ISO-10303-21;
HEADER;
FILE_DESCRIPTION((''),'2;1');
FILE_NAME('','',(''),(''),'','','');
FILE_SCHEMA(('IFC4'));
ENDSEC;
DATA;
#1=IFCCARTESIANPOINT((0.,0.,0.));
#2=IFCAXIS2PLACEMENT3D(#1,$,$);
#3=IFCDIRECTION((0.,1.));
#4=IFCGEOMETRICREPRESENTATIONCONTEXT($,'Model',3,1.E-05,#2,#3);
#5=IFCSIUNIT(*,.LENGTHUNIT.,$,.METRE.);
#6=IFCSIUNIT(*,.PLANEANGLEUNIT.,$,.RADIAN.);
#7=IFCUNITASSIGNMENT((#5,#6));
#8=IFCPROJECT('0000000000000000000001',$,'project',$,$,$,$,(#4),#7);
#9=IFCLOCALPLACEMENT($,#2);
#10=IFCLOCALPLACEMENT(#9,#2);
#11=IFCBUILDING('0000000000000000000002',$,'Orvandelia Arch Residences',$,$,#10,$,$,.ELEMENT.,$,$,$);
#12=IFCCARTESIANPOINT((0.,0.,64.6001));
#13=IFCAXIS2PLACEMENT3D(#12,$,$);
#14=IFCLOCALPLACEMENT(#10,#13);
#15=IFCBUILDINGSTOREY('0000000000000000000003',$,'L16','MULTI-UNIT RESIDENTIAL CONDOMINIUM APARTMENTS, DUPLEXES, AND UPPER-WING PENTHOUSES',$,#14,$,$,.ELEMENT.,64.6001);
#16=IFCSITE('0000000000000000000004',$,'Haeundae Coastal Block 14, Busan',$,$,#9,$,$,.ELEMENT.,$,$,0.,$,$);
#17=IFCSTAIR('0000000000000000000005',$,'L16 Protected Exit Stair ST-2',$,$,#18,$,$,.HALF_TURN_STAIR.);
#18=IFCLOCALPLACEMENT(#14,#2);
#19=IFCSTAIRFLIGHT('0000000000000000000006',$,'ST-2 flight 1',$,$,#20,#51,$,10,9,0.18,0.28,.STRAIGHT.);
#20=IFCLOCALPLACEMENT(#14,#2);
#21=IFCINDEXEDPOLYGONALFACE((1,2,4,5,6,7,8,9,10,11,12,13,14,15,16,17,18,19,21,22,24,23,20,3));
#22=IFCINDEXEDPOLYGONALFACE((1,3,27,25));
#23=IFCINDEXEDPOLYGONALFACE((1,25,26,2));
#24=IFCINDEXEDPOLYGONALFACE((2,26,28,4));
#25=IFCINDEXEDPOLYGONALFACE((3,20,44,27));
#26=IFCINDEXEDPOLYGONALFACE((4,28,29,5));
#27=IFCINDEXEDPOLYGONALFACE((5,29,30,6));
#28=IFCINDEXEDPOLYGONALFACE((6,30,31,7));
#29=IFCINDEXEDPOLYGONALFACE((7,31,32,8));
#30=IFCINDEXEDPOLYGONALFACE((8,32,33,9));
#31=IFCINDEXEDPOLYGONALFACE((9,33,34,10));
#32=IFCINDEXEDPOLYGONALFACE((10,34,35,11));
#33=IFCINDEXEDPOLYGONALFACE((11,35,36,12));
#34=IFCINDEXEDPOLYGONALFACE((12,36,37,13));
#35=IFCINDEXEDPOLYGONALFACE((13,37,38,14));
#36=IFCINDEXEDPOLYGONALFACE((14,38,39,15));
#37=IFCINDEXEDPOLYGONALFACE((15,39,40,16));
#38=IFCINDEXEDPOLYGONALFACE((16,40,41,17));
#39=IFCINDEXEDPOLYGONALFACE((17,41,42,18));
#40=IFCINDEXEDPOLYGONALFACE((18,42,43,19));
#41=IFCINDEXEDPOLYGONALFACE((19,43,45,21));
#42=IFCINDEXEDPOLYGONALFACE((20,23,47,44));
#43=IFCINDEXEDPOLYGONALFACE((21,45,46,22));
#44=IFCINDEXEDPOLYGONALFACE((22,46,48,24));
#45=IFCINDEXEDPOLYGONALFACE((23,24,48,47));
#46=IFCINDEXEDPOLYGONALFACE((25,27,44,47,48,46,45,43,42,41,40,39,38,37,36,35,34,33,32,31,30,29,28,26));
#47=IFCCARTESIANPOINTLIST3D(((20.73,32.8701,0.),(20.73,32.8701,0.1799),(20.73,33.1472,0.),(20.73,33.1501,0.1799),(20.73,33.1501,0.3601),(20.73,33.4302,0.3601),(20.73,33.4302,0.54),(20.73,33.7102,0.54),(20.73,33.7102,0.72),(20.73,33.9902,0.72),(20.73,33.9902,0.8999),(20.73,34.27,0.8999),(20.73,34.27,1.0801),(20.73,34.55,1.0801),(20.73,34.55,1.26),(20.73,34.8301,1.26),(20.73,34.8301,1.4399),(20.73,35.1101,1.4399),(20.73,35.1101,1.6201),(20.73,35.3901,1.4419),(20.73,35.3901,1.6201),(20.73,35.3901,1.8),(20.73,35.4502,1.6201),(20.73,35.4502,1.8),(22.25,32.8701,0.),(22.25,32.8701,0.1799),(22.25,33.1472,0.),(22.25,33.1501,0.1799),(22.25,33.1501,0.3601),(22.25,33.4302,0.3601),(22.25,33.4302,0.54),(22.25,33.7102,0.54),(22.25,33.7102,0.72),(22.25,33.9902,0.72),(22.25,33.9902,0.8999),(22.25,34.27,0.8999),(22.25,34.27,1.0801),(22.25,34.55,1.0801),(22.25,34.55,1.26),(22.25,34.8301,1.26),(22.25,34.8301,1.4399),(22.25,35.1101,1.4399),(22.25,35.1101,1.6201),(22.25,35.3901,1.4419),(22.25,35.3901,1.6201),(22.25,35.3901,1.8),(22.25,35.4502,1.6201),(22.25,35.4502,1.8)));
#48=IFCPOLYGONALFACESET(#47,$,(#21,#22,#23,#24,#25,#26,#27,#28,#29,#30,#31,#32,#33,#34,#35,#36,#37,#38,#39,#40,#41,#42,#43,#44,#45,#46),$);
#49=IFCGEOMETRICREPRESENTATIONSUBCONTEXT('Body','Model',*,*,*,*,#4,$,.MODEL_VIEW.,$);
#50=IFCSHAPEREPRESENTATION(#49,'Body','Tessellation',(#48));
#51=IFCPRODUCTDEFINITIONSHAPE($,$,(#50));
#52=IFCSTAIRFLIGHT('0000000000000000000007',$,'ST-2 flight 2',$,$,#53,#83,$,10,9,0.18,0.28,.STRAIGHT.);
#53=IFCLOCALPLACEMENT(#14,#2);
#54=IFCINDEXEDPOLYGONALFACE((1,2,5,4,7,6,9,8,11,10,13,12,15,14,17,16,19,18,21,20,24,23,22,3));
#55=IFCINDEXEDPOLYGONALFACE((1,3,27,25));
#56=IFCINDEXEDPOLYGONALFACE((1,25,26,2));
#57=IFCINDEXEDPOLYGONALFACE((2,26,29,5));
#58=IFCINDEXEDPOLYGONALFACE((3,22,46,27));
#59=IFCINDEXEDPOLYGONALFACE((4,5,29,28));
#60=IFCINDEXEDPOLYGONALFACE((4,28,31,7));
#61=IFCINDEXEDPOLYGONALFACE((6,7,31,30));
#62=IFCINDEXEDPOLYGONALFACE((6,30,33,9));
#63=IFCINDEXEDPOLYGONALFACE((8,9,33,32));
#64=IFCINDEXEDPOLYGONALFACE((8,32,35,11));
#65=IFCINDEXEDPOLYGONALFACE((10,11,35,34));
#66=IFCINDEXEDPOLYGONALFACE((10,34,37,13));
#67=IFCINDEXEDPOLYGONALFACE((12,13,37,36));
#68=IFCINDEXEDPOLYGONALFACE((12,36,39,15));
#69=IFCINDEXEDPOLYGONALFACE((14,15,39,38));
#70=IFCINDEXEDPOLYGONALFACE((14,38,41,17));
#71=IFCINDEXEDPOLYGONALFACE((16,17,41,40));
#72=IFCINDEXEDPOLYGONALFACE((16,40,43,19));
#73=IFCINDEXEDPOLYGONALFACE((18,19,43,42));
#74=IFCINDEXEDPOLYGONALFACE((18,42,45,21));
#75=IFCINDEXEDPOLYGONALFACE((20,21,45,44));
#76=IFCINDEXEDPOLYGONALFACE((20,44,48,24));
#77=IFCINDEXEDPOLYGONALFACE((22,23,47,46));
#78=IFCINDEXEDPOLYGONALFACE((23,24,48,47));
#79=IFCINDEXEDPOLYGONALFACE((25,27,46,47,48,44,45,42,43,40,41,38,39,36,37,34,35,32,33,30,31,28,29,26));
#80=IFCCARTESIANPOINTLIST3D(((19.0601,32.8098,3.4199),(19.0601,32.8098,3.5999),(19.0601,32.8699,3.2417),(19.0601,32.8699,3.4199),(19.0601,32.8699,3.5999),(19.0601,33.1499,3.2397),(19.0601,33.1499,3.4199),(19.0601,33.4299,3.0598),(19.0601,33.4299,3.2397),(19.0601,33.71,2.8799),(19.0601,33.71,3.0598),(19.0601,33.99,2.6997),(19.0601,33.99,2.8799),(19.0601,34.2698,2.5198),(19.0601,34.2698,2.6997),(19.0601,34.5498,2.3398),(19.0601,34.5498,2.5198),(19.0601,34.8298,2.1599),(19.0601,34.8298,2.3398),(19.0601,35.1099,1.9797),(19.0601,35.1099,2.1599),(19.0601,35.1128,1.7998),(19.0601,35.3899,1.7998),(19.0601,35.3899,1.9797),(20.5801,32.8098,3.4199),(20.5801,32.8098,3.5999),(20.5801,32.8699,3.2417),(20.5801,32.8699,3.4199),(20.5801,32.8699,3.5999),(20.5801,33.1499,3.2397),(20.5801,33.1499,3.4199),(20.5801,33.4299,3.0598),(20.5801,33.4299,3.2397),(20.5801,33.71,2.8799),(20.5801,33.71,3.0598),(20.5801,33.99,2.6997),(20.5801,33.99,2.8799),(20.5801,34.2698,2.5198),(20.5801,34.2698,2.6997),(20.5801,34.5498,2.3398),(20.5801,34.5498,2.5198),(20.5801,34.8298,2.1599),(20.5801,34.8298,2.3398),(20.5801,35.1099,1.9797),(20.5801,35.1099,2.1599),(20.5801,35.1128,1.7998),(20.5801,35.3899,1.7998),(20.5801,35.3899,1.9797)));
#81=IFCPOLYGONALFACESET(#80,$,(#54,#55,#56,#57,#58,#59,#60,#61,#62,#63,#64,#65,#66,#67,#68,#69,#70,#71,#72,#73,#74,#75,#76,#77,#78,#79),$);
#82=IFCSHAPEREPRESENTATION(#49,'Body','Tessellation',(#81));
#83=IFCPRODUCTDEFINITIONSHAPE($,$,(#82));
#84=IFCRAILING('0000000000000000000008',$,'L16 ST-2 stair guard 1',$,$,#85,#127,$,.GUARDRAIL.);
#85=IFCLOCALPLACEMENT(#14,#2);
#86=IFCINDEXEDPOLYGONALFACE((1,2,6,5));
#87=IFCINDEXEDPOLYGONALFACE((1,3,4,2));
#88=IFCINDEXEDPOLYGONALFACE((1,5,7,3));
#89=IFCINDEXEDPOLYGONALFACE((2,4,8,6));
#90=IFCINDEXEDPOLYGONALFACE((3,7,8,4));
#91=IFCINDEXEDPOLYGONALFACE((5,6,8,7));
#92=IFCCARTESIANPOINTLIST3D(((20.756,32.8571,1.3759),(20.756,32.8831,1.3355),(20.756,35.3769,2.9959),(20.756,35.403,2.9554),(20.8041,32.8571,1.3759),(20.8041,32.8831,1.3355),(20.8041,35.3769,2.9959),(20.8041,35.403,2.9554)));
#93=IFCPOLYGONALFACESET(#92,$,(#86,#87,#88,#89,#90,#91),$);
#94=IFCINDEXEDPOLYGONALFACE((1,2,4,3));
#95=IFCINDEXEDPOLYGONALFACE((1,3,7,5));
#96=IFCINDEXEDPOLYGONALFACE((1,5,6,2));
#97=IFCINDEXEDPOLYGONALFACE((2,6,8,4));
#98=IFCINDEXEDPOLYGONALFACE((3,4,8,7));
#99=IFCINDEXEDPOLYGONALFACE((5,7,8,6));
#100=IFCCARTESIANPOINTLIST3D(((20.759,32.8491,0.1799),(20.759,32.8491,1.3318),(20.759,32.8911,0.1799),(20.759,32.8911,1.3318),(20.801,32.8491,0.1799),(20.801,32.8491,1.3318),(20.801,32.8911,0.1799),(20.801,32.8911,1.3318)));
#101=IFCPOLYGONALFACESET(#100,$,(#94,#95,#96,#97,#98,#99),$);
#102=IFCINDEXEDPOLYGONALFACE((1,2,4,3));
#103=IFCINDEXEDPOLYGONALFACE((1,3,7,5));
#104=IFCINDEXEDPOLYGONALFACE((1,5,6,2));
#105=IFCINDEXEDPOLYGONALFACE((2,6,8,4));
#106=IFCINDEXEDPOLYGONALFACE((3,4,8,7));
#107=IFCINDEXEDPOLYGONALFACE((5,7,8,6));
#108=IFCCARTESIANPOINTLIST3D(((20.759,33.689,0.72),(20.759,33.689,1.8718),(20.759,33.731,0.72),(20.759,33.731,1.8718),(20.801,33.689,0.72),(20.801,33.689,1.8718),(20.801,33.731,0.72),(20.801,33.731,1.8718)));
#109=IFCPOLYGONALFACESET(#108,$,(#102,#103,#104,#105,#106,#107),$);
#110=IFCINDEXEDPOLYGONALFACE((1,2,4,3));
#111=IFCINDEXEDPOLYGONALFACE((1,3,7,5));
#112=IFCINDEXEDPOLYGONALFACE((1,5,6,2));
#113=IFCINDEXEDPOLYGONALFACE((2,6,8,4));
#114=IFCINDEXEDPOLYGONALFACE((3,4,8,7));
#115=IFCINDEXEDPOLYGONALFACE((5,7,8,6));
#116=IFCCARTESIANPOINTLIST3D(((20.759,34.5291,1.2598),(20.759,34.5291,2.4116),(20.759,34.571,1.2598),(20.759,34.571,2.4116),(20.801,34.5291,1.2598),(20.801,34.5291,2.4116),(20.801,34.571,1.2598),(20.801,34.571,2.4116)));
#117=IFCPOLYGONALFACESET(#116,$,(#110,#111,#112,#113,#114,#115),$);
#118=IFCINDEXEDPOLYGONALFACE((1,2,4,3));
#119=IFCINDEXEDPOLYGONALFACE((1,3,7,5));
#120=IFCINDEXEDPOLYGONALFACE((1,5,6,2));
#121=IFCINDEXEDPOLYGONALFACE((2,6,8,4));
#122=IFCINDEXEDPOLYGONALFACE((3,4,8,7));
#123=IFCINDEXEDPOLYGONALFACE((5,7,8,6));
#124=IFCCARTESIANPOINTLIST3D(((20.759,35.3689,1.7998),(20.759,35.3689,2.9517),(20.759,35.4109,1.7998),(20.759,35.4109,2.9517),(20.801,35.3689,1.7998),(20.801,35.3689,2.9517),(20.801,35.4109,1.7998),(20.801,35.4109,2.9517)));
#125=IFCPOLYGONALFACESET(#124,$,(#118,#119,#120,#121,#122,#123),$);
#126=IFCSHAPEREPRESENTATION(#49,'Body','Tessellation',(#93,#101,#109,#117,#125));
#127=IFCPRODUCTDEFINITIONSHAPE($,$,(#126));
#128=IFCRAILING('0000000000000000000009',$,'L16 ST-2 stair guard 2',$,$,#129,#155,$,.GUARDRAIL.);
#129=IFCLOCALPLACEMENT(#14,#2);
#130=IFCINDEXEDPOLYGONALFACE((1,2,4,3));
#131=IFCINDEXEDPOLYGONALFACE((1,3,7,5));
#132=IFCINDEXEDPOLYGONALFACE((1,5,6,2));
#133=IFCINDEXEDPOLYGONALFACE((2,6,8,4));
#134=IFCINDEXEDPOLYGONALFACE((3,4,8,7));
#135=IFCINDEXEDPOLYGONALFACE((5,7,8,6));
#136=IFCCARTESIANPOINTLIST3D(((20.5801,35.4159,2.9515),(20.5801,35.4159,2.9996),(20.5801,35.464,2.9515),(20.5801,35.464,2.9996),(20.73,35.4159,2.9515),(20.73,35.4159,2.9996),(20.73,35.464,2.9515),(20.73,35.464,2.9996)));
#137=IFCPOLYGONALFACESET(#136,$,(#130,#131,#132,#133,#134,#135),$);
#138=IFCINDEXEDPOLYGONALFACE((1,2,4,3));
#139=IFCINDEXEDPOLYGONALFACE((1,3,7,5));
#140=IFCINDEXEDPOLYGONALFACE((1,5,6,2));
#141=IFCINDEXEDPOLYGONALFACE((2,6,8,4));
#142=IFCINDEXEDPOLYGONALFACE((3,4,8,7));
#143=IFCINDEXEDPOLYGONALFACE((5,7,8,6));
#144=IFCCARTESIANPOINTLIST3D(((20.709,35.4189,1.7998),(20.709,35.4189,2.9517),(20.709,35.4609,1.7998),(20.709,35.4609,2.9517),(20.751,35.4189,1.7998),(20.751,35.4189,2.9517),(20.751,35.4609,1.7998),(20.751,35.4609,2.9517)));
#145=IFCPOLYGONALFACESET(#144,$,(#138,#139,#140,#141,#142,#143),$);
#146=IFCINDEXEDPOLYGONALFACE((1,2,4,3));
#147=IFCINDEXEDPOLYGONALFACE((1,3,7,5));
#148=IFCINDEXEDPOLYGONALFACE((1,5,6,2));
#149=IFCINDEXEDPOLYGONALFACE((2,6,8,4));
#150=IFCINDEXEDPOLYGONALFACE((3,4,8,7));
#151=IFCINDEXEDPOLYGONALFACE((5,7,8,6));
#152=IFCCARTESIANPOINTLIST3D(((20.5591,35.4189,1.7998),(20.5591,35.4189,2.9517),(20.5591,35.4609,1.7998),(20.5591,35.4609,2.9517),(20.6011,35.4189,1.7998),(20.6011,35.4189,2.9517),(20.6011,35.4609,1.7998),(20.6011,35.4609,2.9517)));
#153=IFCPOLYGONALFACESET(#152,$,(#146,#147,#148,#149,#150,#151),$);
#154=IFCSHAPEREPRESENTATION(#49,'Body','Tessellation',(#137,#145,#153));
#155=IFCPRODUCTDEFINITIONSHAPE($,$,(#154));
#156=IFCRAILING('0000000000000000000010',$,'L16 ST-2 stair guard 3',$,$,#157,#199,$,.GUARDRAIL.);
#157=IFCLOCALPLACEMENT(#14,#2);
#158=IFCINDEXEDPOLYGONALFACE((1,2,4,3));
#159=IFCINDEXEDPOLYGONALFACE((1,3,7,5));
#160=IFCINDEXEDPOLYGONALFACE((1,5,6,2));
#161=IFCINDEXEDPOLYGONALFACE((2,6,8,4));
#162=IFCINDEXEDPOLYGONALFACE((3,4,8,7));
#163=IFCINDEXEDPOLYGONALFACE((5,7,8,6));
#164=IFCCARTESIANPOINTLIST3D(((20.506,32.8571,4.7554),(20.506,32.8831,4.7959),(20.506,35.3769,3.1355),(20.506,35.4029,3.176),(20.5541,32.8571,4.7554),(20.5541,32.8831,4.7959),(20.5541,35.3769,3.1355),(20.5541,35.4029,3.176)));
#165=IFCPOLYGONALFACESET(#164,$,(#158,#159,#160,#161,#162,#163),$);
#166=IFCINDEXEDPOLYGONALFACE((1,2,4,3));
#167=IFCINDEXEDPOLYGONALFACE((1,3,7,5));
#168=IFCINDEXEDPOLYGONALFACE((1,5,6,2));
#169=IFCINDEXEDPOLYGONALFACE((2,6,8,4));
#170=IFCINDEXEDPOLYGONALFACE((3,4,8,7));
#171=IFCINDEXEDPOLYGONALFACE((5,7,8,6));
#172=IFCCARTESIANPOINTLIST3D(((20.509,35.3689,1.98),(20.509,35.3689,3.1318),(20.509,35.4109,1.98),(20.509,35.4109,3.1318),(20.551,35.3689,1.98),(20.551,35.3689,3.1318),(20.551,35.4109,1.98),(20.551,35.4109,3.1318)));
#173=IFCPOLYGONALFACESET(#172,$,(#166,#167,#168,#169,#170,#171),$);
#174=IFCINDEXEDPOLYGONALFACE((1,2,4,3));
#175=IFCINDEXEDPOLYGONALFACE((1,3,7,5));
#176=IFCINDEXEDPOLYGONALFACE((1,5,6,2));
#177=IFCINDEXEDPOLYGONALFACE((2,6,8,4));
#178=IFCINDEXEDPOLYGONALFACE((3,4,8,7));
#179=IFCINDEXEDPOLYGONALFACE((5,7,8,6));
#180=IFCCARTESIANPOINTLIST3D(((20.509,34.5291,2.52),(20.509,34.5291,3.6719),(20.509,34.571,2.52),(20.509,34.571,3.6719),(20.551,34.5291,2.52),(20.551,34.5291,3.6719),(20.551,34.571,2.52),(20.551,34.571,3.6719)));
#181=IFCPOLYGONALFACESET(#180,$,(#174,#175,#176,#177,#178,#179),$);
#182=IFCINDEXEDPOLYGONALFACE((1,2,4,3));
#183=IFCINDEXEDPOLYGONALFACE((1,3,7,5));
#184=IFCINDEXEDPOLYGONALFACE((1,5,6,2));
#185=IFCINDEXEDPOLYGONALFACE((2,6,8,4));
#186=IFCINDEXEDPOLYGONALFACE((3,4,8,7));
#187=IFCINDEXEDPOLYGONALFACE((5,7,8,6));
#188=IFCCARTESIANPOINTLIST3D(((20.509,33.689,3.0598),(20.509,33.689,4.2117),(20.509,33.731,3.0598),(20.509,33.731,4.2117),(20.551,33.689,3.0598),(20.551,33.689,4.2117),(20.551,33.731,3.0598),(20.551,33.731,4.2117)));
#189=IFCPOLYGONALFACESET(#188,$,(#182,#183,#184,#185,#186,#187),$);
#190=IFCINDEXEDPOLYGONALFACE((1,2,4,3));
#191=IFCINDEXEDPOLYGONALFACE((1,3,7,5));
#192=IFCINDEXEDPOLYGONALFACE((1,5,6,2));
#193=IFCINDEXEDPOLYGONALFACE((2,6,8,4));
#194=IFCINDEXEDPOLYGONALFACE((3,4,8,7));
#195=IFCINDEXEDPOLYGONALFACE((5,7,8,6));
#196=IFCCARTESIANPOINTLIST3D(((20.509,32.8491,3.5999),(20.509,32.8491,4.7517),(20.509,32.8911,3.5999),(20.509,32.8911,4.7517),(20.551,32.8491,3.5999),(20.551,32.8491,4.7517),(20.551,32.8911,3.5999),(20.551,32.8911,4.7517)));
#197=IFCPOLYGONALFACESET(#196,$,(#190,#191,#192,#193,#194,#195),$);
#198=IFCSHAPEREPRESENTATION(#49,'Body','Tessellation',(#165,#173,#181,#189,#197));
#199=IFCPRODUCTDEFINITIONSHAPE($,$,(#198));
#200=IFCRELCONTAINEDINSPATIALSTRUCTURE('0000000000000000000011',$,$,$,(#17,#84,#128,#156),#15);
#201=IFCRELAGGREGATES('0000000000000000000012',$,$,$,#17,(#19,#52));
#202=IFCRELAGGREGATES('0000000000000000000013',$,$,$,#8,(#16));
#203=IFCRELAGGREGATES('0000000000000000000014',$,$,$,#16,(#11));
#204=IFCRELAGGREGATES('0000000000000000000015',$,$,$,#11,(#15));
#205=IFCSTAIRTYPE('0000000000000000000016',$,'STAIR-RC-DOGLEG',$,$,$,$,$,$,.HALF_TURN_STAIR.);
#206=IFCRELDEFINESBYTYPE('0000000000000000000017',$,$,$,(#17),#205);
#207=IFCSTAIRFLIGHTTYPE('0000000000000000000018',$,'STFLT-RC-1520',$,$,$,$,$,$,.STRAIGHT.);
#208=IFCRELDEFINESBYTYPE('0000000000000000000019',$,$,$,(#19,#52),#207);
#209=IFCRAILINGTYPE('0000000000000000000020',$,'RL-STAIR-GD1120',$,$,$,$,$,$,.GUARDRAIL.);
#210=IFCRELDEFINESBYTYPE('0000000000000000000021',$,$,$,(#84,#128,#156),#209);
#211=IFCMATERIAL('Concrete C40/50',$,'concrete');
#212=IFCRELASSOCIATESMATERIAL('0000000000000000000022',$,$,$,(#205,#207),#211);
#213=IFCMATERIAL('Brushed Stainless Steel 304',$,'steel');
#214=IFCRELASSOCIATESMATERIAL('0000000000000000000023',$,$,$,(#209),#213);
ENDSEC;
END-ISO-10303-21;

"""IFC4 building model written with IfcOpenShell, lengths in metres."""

from ifc_helpers import new_model, si_unit, direction, frame, origin, origin_2d, place, context, subcontext, project, spatial, polyline, rectangle, outline, extrude, material, type_object, element, aggregate, save


model = new_model("IFC4")

# Units and contexts
model_context = context("Model", 3, precision=1e-05, world=origin(), true_north=direction((0.0, 1.0)))
body_context = subcontext(model_context, "Body", "Model", "MODEL_VIEW")
ifc_project = project(units=[si_unit("LENGTHUNIT", "METRE"), si_unit("PLANEANGLEUNIT", "RADIAN")], contexts=[model_context])

# Site, building, storey
site_placement = place(None, origin())
site = spatial("IfcSite", under=ifc_project, at=site_placement, Name="Haeundae Coastal Block 14, Busan", CompositionType="ELEMENT", RefElevation=0.0)
building_placement = place(site_placement, origin())
building = spatial("IfcBuilding", under=site, at=building_placement, Name="Orvandelia Arch Residences", CompositionType="ELEMENT")
storey_placement = place(building_placement, frame((0.0, 0.0, 64.6001)))
storey = spatial("IfcBuildingStorey", under=building, at=storey_placement, Name="L16", Description="MULTI-UNIT RESIDENTIAL CONDOMINIUM APARTMENTS, DUPLEXES, AND UPPER-WING PENTHOUSES", CompositionType="ELEMENT", Elevation=64.6001)

# Stair, stair flights
ifc_material_1 = material(Name="Concrete C40/50", Category="concrete")
stair_type = type_object("IfcStairType", Name="STAIR-RC-DOGLEG", PredefinedType="HALF_TURN_STAIR", material=ifc_material_1)
stair_placement = place(storey_placement, origin())
stair = element("IfcStair", 1, at=stair_placement, inside=storey, type_object=stair_type, Name="L16 Protected Exit Stair ST-2", PredefinedType="HALF_TURN_STAIR")
stair_flight_type = type_object("IfcStairFlightType", Name="STFLT-RC-1520", PredefinedType="STRAIGHT", material=ifc_material_1)
stair_flight_1_placement = place(storey_placement, frame((21.49, 32.8701, 0.0), z_axis=(0.0, 0.0, 1.0), x_axis=(0.0, 1.0, 0.0)))
stair_flight_1 = element("IfcStairFlight", 2, at=stair_flight_1_placement, type_object=stair_flight_type, Name="ST-2 flight 1", NumberOfRisers=10, NumberOfTreads=9, PredefinedType="STRAIGHT", RiserHeight=0.18, TreadLength=0.28, context=body_context, shape_type="SweptSolid", body=[
    extrude(outline(polyline([(0.0, 0.0), (0.0, 0.1799), (0.28, 0.1799), (0.28, 0.3601), (0.5601, 0.3601), (0.5601, 0.54), (0.8401, 0.54), (0.8401, 0.72), (1.1201, 0.72), (1.1201, 0.8999), (1.3999, 0.8999), (1.3999, 1.0801), (1.6799, 1.0801), (1.6799, 1.26), (1.96, 1.26), (1.96, 1.4399), (2.24, 1.4399), (2.24, 1.6201), (2.52, 1.6201), (2.52, 1.8), (2.5801, 1.8), (2.5801, 1.6201), (2.52, 1.4419), (0.2771, 0.0), (0.0, 0.0)])), frame((0.0, 0.76, 0.0), z_axis=(0.0, -1.0, 0.0), x_axis=(1.0, 0.0, 0.0)), (0.0, 0.0, 1.0), 1.52),
])
stair_flight_2_placement = place(storey_placement, frame((19.8201, 35.3899, 1.7998), z_axis=(0.0, 0.0, 1.0), x_axis=(0.0, -1.0, 0.0)))
stair_flight_2 = element("IfcStairFlight", 3, at=stair_flight_2_placement, type_object=stair_flight_type, Name="ST-2 flight 2", NumberOfRisers=10, NumberOfTreads=9, PredefinedType="STRAIGHT", RiserHeight=0.18, TreadLength=0.28, context=body_context, shape_type="SweptSolid", body=[
    extrude(outline(polyline([(0.0, 0.0), (0.0, 0.1799), (0.28, 0.1799), (0.28, 0.3601), (0.5601, 0.3601), (0.5601, 0.54), (0.8401, 0.54), (0.8401, 0.72), (1.1201, 0.72), (1.1201, 0.8999), (1.3999, 0.8999), (1.3999, 1.0801), (1.6799, 1.0801), (1.6799, 1.26), (1.96, 1.26), (1.96, 1.4399), (2.24, 1.4399), (2.24, 1.6201), (2.52, 1.6201), (2.52, 1.8), (2.5801, 1.8), (2.5801, 1.6201), (2.52, 1.4419), (0.2771, 0.0), (0.0, 0.0)])), frame((0.0, 0.76, 0.0), z_axis=(0.0, -1.0, 0.0), x_axis=(1.0, 0.0, 0.0)), (0.0, 0.0, 1.0), 1.52),
])
aggregate(stair, [stair_flight_1, stair_flight_2])

# Railings
ifc_material_2 = material(Name="Brushed Stainless Steel 304", Category="steel")
railing_type_1 = type_object("IfcRailingType", Name="RL-STAIR-GD1120", PredefinedType="GUARDRAIL", material=ifc_material_2)
railing_1_placement = place(storey_placement, frame((20.78, 32.8701, 0.1799)))
element("IfcRailing", 4, at=railing_1_placement, inside=storey, type_object=railing_type_1, Name="L16 ST-2 stair guard 1", PredefinedType="GUARDRAIL", context=body_context, shape_type="SweptSolid", body=[
    extrude(rectangle(XDim=0.0481, YDim=0.0481, at=origin_2d()), frame((0.0, 0.0, 1.1758), z_axis=(0.0, 0.841176, 0.540762), x_axis=(-1.0, 0.0, 0.0)), (0.0, 0.0, 1.0), 2.9956),
    extrude(rectangle(XDim=0.042, YDim=0.042, at=origin_2d()), origin(), (0.0, 0.0, 1.0), 1.1519),
    extrude(rectangle(XDim=0.042, YDim=0.042, at=origin_2d()), frame((0.0, 0.8398, 0.54)), (0.0, 0.0, 1.0), 1.1519),
    extrude(rectangle(XDim=0.042, YDim=0.042, at=origin_2d()), frame((0.0, 1.6799, 1.0798)), (0.0, 0.0, 1.0), 1.1519),
    extrude(rectangle(XDim=0.042, YDim=0.042, at=origin_2d()), frame((0.0, 2.5198, 1.6199)), (0.0, 0.0, 1.0), 1.1519),
])
railing_2_placement = place(storey_placement, frame((20.73, 35.4399, 1.7998)))
element("IfcRailing", 5, at=railing_2_placement, inside=storey, type_object=railing_type_1, Name="L16 ST-2 stair guard 2", PredefinedType="GUARDRAIL", context=body_context, shape_type="SweptSolid", body=[
    extrude(rectangle(XDim=0.0481, YDim=0.0481, at=origin_2d()), frame((0.0, 0.0, 1.1758), z_axis=(-1.0, 0.0, 0.0), x_axis=(0.0, -1.0, 0.0)), (0.0, 0.0, 1.0), 0.1499),
    extrude(rectangle(XDim=0.042, YDim=0.042, at=origin_2d()), origin(), (0.0, 0.0, 1.0), 1.1519),
    extrude(rectangle(XDim=0.042, YDim=0.042, at=origin_2d()), frame((-0.1499, 0.0, 0.0)), (0.0, 0.0, 1.0), 1.1519),
])
railing_3_placement = place(storey_placement, frame((20.53, 35.3899, 1.98)))
element("IfcRailing", 6, at=railing_3_placement, inside=storey, type_object=railing_type_1, Name="L16 ST-2 stair guard 3", PredefinedType="GUARDRAIL", context=body_context, shape_type="SweptSolid", body=[
    extrude(rectangle(XDim=0.0481, YDim=0.0481, at=origin_2d()), frame((0.0, 0.0, 1.1758), z_axis=(0.0, -0.841176, 0.540762), x_axis=(1.0, 0.0, 0.0)), (0.0, 0.0, 1.0), 2.9956),
    extrude(rectangle(XDim=0.042, YDim=0.042, at=origin_2d()), origin(), (0.0, 0.0, 1.0), 1.1519),
    extrude(rectangle(XDim=0.042, YDim=0.042, at=origin_2d()), frame((0.0, -0.8398, 0.54)), (0.0, 0.0, 1.0), 1.1519),
    extrude(rectangle(XDim=0.042, YDim=0.042, at=origin_2d()), frame((0.0, -1.6799, 1.0798)), (0.0, 0.0, 1.0), 1.1519),
    extrude(rectangle(XDim=0.042, YDim=0.042, at=origin_2d()), frame((0.0, -2.5198, 1.6199)), (0.0, 0.0, 1.0), 1.1519),
])

save(model, "model.ifc")
